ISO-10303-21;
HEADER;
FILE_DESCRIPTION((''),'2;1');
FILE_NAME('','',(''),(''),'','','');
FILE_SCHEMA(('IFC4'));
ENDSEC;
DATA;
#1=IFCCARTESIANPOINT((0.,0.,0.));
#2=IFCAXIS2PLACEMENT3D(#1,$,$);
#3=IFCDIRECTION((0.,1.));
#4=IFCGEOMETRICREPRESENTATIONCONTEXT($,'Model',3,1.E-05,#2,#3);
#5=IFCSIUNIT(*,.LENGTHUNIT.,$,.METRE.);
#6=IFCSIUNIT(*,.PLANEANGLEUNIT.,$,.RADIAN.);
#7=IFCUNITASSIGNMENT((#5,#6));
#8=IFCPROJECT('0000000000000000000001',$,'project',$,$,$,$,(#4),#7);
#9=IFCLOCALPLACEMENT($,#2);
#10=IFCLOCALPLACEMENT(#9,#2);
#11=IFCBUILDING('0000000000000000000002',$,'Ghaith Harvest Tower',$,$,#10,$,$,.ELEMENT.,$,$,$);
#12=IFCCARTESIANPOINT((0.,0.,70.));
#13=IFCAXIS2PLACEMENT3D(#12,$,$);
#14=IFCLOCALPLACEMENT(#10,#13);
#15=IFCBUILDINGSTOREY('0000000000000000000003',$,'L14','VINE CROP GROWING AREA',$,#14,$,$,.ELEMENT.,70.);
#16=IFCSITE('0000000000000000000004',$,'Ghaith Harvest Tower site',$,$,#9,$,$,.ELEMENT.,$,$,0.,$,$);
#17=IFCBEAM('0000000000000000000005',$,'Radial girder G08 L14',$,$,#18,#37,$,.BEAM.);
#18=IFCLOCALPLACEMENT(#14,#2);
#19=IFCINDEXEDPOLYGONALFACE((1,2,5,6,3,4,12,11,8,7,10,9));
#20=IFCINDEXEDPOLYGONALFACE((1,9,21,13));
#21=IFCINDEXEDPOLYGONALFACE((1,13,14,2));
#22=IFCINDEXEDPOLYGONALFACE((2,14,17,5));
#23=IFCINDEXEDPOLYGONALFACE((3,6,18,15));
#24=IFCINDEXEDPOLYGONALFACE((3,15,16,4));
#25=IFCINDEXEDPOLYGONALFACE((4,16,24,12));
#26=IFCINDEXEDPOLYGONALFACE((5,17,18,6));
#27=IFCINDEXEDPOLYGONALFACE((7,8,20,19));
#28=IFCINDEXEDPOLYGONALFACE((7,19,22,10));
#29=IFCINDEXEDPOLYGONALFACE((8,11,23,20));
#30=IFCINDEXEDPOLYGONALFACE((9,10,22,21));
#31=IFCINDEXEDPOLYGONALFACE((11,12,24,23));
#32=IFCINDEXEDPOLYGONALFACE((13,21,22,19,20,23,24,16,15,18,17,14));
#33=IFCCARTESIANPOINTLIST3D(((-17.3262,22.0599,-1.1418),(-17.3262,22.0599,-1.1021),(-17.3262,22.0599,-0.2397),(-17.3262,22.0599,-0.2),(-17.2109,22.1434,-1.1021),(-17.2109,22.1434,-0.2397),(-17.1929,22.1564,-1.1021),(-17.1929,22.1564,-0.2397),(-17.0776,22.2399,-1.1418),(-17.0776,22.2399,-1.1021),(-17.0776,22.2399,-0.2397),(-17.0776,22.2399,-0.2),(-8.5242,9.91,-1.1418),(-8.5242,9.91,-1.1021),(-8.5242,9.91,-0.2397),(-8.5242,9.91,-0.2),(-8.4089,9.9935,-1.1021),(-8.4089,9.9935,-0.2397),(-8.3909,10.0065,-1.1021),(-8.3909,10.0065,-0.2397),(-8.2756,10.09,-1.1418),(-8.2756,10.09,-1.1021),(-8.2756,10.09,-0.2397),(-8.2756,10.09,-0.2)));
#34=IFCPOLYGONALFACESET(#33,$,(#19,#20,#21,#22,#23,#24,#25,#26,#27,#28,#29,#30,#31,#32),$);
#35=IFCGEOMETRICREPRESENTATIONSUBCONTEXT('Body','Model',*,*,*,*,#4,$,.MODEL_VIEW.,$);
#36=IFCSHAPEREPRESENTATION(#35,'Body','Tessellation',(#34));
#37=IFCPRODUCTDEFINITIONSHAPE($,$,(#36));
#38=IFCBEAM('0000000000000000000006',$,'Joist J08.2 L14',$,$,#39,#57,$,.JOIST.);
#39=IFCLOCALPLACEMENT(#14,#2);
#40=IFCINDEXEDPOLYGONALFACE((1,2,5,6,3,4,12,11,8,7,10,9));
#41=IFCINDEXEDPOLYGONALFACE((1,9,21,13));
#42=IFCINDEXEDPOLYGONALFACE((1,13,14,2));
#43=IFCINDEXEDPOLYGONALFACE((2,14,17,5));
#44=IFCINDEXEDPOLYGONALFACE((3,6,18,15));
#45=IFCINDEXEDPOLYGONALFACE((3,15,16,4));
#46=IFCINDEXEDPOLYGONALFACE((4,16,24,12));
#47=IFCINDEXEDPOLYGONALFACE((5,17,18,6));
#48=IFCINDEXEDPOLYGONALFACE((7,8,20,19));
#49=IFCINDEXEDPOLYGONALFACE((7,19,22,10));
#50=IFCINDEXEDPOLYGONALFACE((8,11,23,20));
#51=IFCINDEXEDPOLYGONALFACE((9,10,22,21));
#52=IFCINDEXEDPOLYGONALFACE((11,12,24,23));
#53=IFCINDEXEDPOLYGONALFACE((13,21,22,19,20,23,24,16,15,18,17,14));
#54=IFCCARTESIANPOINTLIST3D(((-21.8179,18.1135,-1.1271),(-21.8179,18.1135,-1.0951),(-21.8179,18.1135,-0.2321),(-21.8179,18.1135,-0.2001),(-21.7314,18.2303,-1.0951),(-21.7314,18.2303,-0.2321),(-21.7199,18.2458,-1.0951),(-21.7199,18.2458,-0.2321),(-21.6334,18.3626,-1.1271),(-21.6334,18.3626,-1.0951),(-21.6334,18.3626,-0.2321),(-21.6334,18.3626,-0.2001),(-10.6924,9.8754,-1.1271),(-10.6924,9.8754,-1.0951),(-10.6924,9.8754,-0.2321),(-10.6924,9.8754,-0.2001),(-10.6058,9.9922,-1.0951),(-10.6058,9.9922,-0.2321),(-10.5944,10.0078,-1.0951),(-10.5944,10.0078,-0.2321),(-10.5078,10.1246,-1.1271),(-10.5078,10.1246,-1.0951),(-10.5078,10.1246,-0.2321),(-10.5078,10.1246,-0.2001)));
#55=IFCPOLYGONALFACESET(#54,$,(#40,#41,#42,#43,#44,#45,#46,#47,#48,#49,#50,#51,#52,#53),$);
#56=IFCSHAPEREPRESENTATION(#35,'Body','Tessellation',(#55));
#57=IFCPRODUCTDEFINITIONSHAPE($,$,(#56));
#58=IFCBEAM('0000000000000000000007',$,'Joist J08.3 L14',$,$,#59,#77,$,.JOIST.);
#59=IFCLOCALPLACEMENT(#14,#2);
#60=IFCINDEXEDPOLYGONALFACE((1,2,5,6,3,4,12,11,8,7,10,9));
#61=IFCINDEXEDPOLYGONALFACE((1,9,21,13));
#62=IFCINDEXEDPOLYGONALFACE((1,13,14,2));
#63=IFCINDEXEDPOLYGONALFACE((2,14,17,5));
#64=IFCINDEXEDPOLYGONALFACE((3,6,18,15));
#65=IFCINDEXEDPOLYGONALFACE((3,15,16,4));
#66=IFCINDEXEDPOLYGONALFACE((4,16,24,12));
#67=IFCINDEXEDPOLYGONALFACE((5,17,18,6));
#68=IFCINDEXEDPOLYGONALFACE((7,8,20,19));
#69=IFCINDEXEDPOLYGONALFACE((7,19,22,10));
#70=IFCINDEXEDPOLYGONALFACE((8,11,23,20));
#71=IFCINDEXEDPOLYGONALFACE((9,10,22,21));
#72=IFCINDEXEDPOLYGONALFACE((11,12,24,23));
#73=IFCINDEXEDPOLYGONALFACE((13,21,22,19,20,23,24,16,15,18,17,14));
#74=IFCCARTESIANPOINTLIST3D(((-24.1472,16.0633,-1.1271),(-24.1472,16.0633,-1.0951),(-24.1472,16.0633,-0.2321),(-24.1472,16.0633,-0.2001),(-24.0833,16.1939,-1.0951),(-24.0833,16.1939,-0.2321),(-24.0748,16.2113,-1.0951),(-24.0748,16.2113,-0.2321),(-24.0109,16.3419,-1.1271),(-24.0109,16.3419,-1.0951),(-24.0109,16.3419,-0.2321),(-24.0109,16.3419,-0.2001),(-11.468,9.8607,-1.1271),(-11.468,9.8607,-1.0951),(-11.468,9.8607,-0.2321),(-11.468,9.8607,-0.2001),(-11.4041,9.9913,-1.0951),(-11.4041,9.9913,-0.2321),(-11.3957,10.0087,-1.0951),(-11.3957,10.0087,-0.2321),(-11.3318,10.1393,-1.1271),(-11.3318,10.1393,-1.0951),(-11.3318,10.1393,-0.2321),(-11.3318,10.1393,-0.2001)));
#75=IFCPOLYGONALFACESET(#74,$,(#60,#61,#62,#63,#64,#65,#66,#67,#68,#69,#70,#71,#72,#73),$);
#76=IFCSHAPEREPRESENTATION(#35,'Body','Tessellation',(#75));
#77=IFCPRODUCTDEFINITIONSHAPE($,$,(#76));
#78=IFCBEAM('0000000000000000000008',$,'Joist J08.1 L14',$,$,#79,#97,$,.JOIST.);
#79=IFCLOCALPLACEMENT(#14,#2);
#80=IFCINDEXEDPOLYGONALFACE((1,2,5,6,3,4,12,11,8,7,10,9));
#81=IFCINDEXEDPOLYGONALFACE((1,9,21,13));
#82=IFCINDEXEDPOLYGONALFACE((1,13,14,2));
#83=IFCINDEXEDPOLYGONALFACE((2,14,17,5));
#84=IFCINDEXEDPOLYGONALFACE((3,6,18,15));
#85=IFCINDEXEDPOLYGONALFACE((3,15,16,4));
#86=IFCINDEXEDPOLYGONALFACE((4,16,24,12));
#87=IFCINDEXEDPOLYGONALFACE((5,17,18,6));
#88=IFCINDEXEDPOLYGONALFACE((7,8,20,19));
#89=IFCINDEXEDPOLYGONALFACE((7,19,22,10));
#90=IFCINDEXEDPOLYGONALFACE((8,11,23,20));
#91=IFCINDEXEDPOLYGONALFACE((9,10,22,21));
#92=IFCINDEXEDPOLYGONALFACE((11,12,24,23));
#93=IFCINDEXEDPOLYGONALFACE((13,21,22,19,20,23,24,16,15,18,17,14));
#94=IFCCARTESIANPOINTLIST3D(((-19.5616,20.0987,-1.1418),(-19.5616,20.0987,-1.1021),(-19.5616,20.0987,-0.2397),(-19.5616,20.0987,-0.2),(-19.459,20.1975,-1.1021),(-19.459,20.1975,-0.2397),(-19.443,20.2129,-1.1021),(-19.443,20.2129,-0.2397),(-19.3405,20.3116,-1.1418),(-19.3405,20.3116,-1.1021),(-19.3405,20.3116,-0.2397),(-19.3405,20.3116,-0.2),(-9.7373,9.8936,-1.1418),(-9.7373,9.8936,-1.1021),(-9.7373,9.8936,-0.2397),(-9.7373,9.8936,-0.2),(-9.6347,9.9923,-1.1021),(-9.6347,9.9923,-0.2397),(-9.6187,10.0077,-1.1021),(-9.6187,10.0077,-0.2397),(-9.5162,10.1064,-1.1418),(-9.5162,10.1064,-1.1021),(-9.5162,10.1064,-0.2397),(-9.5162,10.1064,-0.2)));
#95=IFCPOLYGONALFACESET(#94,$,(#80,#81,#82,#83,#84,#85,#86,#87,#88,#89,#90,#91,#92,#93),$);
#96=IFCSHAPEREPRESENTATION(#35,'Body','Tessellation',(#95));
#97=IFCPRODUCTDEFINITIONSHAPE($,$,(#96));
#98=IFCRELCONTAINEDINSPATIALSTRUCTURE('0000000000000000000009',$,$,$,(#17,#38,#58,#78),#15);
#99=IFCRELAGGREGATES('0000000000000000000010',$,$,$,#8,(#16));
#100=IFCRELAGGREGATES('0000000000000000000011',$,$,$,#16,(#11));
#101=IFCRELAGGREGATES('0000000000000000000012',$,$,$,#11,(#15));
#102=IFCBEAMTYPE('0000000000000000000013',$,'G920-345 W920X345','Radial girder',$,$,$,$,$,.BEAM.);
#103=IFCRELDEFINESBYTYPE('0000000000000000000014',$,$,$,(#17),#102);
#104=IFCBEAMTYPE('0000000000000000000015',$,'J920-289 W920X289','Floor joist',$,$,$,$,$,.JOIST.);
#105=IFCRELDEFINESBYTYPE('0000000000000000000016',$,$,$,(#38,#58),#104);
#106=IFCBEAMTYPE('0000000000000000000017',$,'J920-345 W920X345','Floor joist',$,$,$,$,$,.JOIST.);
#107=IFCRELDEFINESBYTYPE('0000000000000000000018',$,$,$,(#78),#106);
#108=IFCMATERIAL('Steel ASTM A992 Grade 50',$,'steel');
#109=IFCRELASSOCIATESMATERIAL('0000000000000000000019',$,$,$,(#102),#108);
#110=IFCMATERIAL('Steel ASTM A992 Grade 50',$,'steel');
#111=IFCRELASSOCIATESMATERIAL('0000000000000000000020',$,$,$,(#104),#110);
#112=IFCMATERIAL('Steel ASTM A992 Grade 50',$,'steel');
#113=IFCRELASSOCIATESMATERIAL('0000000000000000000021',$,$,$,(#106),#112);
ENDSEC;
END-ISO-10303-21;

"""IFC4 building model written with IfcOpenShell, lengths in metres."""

from ifc_helpers import new_model, si_unit, direction, frame, origin, origin_2d, place, context, subcontext, project, spatial, i_section, extrude, material, material_profile, profile_set, type_object, element, save


model = new_model("IFC4")

# Units and contexts
model_context = context("Model", 3, precision=1e-05, world=origin(), true_north=direction((0.0, 1.0)))
body_context = subcontext(model_context, "Body", "Model", "MODEL_VIEW")
ifc_project = project(units=[si_unit("LENGTHUNIT", "METRE"), si_unit("PLANEANGLEUNIT", "RADIAN")], contexts=[model_context])

# Site, building, storey
site_placement = place(None, origin())
site = spatial("IfcSite", under=ifc_project, at=site_placement, Name="Ghaith Harvest Tower site", CompositionType="ELEMENT", RefElevation=0.0)
building_placement = place(site_placement, origin())
building = spatial("IfcBuilding", under=site, at=building_placement, Name="Ghaith Harvest Tower", CompositionType="ELEMENT")
storey_placement = place(building_placement, frame((0.0, 0.0, 70.0)))
storey = spatial("IfcBuildingStorey", under=building, at=storey_placement, Name="L14", Description="VINE CROP GROWING AREA", CompositionType="ELEMENT", Elevation=70.0)

# Beams
ifc_material_1 = material(Name="Steel ASTM A992 Grade 50", Category="steel")
ifc_material_profile_1 = material_profile(ifc_material_1, i_section(OverallWidth=0.3069, OverallDepth=0.9419, WebThickness=0.0222, FlangeThickness=0.0398, at=origin_2d()), Name="W920X345")
ifc_profile_set_1 = profile_set([ifc_material_profile_1], Name="Steel ASTM A992 Grade 50")
beam_type_1 = type_object("IfcBeamType", Name="G920-345 W920X345", Description="Radial girder", PredefinedType="BEAM", material=ifc_profile_set_1)
beam_1_placement = place(storey_placement, frame((-8.3999, 10.0, -0.6709), z_axis=(-0.586676, 0.809822, 0.0), x_axis=(-0.809822, -0.586676, 0.0)))
element("IfcBeam", 1, at=beam_1_placement, inside=storey, type_object=beam_type_1, Name="Radial girder G08 L14", PredefinedType="BEAM", context=body_context, shape_type="SweptSolid", body=[
    extrude(i_section(OverallWidth=0.3069, OverallDepth=0.9419, WebThickness=0.0222, FlangeThickness=0.0398, at=origin_2d()), origin(), (0.0, 0.0, 1.0), 15.0032),
])
ifc_material_2 = material(Name="Steel ASTM A992 Grade 50", Category="steel")
ifc_material_profile_2 = material_profile(ifc_material_2, i_section(OverallWidth=0.3101, OverallDepth=0.927, WebThickness=0.0193, FlangeThickness=0.032, at=origin_2d()), Name="W920X289")
ifc_profile_set_2 = profile_set([ifc_material_profile_2], Name="Steel ASTM A992 Grade 50")
beam_type_2 = type_object("IfcBeamType", Name="J920-289 W920X289", Description="Floor joist", PredefinedType="JOIST", material=ifc_profile_set_2)
beam_2_placement = place(storey_placement, frame((-10.6001, 10.0, -0.6636), z_axis=(-0.803663, 0.595085, 0.0), x_axis=(-0.595085, -0.803663, 0.0)))
element("IfcBeam", 2, at=beam_2_placement, inside=storey, type_object=beam_type_2, Name="Joist J08.2 L14", PredefinedType="JOIST", context=body_context, shape_type="SweptSolid", body=[
    extrude(i_section(OverallWidth=0.3101, OverallDepth=0.927, WebThickness=0.0193, FlangeThickness=0.032, at=origin_2d()), origin(), (0.0, 0.0, 1.0), 13.8435),
])
beam_3_placement = place(storey_placement, frame((-11.3999, 10.0, -0.6636), z_axis=(-0.898275, 0.439434, 0.0), x_axis=(-0.439434, -0.898275, 0.0)))
element("IfcBeam", 3, at=beam_3_placement, inside=storey, type_object=beam_type_2, Name="Joist J08.3 L14", PredefinedType="JOIST", context=body_context, shape_type="SweptSolid", body=[
    extrude(i_section(OverallWidth=0.3101, OverallDepth=0.927, WebThickness=0.0193, FlangeThickness=0.032, at=origin_2d()), origin(), (0.0, 0.0, 1.0), 14.115),
])
ifc_material_3 = material(Name="Steel ASTM A992 Grade 50", Category="steel")
ifc_material_profile_3 = material_profile(ifc_material_3, i_section(OverallWidth=0.3069, OverallDepth=0.9419, WebThickness=0.0222, FlangeThickness=0.0398, at=origin_2d()), Name="W920X345")
ifc_profile_set_3 = profile_set([ifc_material_profile_3], Name="Steel ASTM A992 Grade 50")
beam_type_3 = type_object("IfcBeamType", Name="J920-345 W920X345", Description="Floor joist", PredefinedType="JOIST", material=ifc_profile_set_3)
beam_4_placement = place(storey_placement, frame((-9.6267, 10.0, -0.6709), z_axis=(-0.693536, 0.720422, 0.0), x_axis=(-0.720422, -0.693536, 0.0)))
element("IfcBeam", 4, at=beam_4_placement, inside=storey, type_object=beam_type_3, Name="Joist J08.1 L14", PredefinedType="JOIST", context=body_context, shape_type="SweptSolid", body=[
    extrude(i_section(OverallWidth=0.3069, OverallDepth=0.9419, WebThickness=0.0222, FlangeThickness=0.0398, at=origin_2d()), origin(), (0.0, 0.0, 1.0), 14.1655),
])

save(model, "model.ifc")
